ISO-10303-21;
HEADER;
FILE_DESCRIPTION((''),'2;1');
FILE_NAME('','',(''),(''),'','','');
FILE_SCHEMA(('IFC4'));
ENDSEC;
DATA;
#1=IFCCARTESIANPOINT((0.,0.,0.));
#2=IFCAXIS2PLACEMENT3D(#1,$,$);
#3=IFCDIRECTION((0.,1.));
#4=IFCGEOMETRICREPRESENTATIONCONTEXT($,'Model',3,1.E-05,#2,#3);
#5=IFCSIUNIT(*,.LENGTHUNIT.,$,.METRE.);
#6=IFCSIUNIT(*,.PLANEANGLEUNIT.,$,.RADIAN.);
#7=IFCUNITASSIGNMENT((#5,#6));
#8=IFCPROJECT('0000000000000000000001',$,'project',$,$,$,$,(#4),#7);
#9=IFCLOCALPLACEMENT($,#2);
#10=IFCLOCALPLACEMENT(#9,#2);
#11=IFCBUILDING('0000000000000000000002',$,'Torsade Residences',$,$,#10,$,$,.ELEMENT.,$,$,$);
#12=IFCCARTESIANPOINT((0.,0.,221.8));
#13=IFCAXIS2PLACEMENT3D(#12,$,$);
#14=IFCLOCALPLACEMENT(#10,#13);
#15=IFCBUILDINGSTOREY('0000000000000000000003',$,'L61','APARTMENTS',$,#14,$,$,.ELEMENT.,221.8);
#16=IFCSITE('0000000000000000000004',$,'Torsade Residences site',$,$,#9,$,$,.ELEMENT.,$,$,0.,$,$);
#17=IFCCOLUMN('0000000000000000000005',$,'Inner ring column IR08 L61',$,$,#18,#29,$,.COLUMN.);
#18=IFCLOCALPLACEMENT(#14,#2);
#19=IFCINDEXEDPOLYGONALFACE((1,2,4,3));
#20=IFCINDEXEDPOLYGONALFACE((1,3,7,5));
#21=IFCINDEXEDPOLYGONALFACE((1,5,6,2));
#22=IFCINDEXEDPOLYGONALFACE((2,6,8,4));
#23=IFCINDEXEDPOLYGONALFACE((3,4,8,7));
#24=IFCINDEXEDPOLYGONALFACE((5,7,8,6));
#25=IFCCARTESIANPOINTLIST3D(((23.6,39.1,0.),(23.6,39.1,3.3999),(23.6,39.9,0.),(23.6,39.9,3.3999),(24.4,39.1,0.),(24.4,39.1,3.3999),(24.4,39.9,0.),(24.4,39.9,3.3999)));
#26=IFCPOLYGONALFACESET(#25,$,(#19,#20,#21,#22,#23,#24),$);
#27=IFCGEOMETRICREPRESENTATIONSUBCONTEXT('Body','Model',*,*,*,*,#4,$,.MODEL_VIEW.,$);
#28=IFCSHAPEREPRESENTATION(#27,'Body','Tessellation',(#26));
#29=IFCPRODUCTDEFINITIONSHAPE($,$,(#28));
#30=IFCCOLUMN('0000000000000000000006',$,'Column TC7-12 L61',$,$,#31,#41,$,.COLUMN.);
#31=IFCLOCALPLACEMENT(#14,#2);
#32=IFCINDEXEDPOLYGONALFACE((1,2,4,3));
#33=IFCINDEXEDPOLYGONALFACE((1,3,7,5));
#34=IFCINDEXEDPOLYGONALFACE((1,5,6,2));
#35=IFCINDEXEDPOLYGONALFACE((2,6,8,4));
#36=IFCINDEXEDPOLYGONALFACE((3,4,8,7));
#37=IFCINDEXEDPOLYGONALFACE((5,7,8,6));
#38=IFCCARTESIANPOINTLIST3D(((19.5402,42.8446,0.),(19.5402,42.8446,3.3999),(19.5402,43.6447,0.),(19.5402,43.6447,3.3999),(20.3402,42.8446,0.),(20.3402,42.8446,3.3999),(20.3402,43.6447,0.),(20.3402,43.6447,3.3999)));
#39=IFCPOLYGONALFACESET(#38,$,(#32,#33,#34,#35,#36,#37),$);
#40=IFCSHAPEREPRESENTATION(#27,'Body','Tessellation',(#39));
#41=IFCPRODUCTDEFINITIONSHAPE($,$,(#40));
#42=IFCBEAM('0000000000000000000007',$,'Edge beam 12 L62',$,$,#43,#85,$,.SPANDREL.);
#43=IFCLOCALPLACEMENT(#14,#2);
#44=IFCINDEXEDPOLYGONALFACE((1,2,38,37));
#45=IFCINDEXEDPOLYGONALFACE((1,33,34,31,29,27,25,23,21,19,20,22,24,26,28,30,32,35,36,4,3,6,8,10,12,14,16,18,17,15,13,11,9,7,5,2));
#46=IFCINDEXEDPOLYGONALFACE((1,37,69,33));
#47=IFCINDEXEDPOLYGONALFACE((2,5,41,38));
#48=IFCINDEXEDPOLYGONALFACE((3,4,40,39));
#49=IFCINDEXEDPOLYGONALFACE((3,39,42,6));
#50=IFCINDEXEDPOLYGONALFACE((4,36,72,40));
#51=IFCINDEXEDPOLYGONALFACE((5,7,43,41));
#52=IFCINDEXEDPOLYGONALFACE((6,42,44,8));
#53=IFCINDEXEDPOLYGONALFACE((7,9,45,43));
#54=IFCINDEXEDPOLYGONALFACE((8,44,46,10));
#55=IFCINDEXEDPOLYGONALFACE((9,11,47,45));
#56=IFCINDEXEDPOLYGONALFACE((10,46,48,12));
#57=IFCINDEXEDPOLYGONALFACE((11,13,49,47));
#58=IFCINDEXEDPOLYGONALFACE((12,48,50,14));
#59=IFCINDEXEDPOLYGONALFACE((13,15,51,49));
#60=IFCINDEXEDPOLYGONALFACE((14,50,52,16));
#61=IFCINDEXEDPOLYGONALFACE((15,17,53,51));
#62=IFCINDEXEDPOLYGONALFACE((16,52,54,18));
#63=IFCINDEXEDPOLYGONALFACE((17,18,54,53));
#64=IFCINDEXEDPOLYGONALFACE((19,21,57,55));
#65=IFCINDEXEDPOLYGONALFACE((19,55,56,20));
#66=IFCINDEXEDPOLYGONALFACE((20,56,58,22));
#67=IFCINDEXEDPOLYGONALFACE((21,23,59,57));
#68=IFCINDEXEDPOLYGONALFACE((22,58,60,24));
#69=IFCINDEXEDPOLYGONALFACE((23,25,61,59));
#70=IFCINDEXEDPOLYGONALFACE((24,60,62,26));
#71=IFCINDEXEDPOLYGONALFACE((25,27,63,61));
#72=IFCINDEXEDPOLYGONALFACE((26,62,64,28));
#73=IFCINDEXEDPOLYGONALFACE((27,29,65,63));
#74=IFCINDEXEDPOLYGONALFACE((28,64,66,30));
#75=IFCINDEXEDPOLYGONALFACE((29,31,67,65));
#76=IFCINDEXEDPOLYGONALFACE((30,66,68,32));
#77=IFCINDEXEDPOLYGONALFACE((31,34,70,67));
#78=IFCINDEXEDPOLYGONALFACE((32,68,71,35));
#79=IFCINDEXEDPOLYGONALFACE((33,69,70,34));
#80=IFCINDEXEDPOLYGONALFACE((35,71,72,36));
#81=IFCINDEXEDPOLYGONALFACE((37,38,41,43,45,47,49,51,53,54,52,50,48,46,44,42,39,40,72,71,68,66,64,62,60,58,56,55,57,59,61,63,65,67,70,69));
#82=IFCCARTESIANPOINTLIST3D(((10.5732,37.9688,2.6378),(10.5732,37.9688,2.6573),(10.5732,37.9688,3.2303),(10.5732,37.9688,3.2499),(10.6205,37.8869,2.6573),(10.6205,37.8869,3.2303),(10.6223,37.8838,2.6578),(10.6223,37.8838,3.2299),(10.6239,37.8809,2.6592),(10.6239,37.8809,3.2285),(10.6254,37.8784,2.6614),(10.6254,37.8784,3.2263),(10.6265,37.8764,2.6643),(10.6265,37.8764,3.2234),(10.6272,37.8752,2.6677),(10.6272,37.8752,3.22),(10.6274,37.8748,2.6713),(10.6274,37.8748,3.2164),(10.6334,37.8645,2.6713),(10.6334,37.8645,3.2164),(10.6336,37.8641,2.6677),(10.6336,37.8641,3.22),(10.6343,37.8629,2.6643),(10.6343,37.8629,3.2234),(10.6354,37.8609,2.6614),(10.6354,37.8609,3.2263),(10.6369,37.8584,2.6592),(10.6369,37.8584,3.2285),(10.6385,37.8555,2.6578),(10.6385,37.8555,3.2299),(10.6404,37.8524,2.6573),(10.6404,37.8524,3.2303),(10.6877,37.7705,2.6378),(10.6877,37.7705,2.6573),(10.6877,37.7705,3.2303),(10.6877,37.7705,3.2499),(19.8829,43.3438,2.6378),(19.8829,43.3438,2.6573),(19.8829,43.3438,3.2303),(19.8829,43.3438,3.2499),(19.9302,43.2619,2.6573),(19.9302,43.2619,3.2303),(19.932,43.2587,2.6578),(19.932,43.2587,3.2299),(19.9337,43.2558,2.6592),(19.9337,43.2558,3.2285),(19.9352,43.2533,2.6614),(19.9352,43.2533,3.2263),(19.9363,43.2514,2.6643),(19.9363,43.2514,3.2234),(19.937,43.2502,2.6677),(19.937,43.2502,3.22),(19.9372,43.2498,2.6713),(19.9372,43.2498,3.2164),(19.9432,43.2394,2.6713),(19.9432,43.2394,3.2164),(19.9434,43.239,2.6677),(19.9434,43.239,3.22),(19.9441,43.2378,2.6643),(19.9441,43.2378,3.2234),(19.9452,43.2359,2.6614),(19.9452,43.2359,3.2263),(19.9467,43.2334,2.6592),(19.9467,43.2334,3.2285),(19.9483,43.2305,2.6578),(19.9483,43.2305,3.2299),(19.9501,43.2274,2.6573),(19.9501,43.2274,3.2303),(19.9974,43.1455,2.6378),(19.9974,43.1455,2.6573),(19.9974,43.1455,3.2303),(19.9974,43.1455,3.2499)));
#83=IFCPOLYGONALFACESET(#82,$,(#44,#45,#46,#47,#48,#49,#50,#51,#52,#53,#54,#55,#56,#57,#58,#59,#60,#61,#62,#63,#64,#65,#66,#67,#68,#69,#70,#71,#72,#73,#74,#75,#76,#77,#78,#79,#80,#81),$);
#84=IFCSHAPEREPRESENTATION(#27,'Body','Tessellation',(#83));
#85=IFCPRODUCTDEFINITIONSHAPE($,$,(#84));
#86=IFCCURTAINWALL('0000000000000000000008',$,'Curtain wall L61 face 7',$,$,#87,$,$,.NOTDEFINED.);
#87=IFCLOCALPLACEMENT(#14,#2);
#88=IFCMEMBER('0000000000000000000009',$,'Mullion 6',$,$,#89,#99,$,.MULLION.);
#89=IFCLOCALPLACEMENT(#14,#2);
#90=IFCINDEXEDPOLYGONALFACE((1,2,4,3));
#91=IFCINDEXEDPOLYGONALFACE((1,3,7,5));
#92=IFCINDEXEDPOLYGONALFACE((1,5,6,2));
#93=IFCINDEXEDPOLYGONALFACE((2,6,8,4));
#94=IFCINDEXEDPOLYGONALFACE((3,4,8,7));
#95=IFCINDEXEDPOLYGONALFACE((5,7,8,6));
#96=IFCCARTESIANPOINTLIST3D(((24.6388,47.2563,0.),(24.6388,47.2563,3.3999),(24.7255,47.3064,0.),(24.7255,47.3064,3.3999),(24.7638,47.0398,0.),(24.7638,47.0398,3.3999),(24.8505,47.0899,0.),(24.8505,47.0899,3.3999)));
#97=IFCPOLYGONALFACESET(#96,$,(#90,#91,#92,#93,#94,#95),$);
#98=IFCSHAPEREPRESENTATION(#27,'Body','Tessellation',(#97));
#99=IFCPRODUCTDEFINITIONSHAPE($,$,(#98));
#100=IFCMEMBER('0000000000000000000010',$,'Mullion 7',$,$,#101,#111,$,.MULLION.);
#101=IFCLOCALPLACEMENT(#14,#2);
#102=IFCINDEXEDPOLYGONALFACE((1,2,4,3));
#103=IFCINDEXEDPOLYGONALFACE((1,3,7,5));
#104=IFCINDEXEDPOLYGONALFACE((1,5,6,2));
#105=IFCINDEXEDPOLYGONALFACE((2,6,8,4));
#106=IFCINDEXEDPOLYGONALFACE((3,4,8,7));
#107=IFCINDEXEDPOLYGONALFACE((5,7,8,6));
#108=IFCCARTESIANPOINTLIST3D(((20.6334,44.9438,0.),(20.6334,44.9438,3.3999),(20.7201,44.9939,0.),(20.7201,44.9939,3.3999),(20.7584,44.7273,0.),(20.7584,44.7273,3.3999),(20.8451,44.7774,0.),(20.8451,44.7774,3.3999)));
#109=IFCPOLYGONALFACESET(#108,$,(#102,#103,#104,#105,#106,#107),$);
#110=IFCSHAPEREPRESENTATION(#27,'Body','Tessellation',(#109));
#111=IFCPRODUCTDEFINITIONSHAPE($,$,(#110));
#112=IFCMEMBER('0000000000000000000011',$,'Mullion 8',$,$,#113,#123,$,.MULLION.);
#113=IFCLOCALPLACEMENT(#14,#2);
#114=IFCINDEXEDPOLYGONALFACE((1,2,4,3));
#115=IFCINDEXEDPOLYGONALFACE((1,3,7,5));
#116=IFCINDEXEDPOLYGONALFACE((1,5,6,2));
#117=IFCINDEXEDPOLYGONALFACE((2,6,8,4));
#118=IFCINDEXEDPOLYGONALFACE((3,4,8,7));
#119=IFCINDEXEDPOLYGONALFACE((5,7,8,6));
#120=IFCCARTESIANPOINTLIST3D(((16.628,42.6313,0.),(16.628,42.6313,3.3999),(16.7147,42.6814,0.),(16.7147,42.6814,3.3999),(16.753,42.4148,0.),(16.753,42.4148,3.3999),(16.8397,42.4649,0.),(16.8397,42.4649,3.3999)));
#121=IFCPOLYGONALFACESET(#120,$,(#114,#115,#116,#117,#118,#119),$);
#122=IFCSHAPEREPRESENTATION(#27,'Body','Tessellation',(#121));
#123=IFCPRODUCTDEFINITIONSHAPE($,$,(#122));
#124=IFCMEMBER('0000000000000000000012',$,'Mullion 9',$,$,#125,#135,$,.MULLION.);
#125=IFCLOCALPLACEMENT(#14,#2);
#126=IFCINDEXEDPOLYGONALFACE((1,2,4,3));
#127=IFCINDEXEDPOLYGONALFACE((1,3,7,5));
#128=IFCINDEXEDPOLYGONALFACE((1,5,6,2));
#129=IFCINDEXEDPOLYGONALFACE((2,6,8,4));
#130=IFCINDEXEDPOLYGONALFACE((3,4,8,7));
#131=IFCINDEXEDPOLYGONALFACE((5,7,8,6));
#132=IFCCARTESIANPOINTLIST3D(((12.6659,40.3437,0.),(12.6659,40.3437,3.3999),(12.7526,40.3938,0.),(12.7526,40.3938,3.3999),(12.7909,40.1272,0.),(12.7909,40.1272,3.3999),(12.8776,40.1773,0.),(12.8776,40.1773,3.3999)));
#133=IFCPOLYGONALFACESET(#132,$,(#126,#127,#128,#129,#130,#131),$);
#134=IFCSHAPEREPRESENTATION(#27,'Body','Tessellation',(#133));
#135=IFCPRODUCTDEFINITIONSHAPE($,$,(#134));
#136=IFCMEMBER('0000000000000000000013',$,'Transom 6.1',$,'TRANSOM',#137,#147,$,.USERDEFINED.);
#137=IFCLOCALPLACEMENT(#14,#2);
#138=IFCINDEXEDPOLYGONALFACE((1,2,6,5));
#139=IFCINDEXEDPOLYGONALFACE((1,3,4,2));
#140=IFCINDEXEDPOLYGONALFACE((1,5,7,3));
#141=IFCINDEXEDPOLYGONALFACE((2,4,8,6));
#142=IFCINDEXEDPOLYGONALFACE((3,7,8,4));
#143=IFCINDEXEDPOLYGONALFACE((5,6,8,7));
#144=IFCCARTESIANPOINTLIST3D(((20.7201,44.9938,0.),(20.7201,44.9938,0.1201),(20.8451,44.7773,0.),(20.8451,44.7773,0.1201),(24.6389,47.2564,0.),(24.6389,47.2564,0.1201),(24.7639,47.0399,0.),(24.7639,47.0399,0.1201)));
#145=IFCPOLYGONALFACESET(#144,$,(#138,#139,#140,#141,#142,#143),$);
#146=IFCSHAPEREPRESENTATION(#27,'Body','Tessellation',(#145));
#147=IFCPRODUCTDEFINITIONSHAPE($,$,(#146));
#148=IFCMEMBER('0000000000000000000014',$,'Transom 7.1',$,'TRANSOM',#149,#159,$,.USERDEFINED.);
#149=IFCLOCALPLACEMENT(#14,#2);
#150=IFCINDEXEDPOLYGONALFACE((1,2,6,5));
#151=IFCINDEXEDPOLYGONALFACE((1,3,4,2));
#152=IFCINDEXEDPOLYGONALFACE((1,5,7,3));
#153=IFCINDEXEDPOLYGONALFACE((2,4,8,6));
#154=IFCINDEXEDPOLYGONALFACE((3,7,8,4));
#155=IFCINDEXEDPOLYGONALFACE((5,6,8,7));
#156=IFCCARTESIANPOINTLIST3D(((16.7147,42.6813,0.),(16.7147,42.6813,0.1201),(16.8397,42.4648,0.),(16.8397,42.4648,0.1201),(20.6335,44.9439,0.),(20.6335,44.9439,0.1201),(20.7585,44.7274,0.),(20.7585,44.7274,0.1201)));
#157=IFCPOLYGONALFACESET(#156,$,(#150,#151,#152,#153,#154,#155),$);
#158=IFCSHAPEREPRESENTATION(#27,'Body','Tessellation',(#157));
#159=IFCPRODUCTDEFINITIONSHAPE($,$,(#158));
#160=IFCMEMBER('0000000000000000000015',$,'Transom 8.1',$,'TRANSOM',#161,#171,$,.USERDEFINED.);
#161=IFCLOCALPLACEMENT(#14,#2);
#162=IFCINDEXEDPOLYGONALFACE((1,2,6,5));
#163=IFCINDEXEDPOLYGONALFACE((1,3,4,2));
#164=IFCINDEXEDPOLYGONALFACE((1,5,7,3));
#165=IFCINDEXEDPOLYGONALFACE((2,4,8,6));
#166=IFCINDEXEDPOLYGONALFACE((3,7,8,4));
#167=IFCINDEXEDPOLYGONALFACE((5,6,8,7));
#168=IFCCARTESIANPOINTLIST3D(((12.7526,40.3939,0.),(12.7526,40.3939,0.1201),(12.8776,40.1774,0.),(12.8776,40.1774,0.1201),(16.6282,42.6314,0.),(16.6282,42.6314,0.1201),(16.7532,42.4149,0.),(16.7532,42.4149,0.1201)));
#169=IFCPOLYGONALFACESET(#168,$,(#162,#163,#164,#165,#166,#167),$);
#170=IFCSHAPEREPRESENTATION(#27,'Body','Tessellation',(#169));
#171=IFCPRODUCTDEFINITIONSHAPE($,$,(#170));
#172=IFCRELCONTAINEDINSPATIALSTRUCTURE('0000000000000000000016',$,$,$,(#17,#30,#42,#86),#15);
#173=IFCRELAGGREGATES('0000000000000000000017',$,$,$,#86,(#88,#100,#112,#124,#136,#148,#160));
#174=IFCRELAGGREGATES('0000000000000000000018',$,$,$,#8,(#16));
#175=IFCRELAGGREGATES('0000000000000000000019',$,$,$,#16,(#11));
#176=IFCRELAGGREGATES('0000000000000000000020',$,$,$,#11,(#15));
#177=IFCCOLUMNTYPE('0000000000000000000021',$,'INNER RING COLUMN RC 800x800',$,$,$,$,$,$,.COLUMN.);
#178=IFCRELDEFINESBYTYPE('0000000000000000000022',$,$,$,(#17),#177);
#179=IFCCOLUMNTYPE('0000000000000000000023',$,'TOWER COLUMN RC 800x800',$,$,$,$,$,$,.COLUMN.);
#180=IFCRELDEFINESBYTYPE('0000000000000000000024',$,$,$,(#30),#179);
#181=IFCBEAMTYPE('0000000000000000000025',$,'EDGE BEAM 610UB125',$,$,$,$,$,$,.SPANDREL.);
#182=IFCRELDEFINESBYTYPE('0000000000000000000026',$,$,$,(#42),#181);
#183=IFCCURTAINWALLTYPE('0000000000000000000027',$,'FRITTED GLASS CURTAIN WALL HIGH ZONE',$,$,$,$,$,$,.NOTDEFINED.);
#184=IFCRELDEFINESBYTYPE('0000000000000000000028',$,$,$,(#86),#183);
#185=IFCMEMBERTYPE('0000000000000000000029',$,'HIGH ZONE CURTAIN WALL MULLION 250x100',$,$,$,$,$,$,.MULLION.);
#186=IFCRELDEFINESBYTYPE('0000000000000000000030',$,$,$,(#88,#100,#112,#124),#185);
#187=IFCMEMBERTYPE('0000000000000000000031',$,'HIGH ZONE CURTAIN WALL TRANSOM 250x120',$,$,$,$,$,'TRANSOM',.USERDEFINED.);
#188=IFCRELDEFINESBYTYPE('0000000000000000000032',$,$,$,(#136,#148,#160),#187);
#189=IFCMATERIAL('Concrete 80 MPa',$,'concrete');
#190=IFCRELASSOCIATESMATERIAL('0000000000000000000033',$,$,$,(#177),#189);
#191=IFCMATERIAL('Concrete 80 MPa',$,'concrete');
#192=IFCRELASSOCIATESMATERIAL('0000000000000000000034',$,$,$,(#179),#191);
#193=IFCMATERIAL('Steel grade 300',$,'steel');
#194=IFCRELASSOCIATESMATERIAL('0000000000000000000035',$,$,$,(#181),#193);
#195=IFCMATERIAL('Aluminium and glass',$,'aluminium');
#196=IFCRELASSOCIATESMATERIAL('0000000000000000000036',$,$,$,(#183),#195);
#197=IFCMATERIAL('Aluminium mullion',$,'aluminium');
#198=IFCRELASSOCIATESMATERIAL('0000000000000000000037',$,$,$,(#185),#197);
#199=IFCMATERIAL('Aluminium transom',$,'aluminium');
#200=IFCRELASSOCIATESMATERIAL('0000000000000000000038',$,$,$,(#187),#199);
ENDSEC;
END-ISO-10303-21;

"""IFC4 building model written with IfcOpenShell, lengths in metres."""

from ifc_helpers import new_model, si_unit, direction, frame, origin, origin_2d, place, context, subcontext, project, spatial, rectangle, i_section, extrude, material, material_profile, profile_set, type_object, element, aggregate, save


model = new_model("IFC4")

# Units and contexts
model_context = context("Model", 3, precision=1e-05, world=origin(), true_north=direction((0.0, 1.0)))
body_context = subcontext(model_context, "Body", "Model", "MODEL_VIEW")
ifc_project = project(units=[si_unit("LENGTHUNIT", "METRE"), si_unit("PLANEANGLEUNIT", "RADIAN")], contexts=[model_context])

# Site, building, storey
site_placement = place(None, origin())
site = spatial("IfcSite", under=ifc_project, at=site_placement, Name="Torsade Residences site", CompositionType="ELEMENT", RefElevation=0.0)
building_placement = place(site_placement, origin())
building = spatial("IfcBuilding", under=site, at=building_placement, Name="Torsade Residences", CompositionType="ELEMENT")
storey_placement = place(building_placement, frame((0.0, 0.0, 221.8)))
storey = spatial("IfcBuildingStorey", under=building, at=storey_placement, Name="L61", Description="APARTMENTS", CompositionType="ELEMENT", Elevation=221.8)

# Columns
ifc_material_1 = material(Name="Concrete 80 MPa", Category="concrete")
ifc_material_profile_1 = material_profile(ifc_material_1, rectangle(XDim=0.8, YDim=0.8, at=origin_2d()), Name="RC 800x800")
ifc_profile_set_1 = profile_set([ifc_material_profile_1], Name="Concrete 80 MPa")
column_type_1 = type_object("IfcColumnType", Name="INNER RING COLUMN RC 800x800", PredefinedType="COLUMN", material=ifc_profile_set_1)
column_1_placement = place(storey_placement, frame((24.0, 39.5, 0.0), z_axis=(0.0, 0.0, 1.0), x_axis=(1.0, 0.0, 0.0)))
element("IfcColumn", 1, at=column_1_placement, inside=storey, type_object=column_type_1, Name="Inner ring column IR08 L61", PredefinedType="COLUMN", context=body_context, shape_type="SweptSolid", body=[
    extrude(rectangle(XDim=0.8, YDim=0.8, at=origin_2d()), origin(), (0.0, 0.0, 1.0), 3.3999),
])
ifc_material_2 = material(Name="Concrete 80 MPa", Category="concrete")
ifc_material_profile_2 = material_profile(ifc_material_2, rectangle(XDim=0.8, YDim=0.8, at=origin_2d()), Name="RC 800x800")
ifc_profile_set_2 = profile_set([ifc_material_profile_2], Name="Concrete 80 MPa")
column_type_2 = type_object("IfcColumnType", Name="TOWER COLUMN RC 800x800", PredefinedType="COLUMN", material=ifc_profile_set_2)
column_2_placement = place(storey_placement, frame((19.9402, 43.2446, 0.0), z_axis=(0.0, 0.0, 1.0), x_axis=(1.0, 0.0, 0.0)))
element("IfcColumn", 2, at=column_2_placement, inside=storey, type_object=column_type_2, Name="Column TC7-12 L61", PredefinedType="COLUMN", context=body_context, shape_type="SweptSolid", body=[
    extrude(rectangle(XDim=0.8, YDim=0.8, at=origin_2d()), origin(), (0.0, 0.0, 1.0), 3.3999),
])

# Beam
ifc_material_3 = material(Name="Steel grade 300", Category="steel")
ifc_material_profile_3 = material_profile(ifc_material_3, i_section(OverallWidth=0.229, OverallDepth=0.6121, WebThickness=0.012, FlangeThickness=0.0195, FilletRadius=0.0139, at=origin_2d()), Name="610UB125")
ifc_profile_set_3 = profile_set([ifc_material_profile_3], Name="Steel grade 300")
beam_type_1 = type_object("IfcBeamType", Name="EDGE BEAM 610UB125", PredefinedType="SPANDREL", material=ifc_profile_set_3)
beam_1_placement = place(storey_placement, frame((19.9402, 43.2446, 2.9438), z_axis=(-0.866026, -0.499998, 0.0), x_axis=(0.499998, -0.866026, 0.0)))
element("IfcBeam", 3, at=beam_1_placement, inside=storey, type_object=beam_type_1, Name="Edge beam 12 L62", PredefinedType="SPANDREL", context=body_context, shape_type="SweptSolid", body=[
    extrude(i_section(OverallWidth=0.229, OverallDepth=0.6121, WebThickness=0.012, FlangeThickness=0.0195, FilletRadius=0.0139, at=origin_2d()), origin(), (0.0, 0.0, 1.0), 10.75),
])

# Curtain wall, members
ifc_material_4 = material(Name="Aluminium and glass", Category="aluminium")
curtain_wall_type = type_object("IfcCurtainWallType", Name="FRITTED GLASS CURTAIN WALL HIGH ZONE", PredefinedType="NOTDEFINED", material=ifc_material_4)
curtain_wall_placement = place(storey_placement, origin())
curtain_wall = element("IfcCurtainWall", 4, at=curtain_wall_placement, inside=storey, type_object=curtain_wall_type, Name="Curtain wall L61 face 7", PredefinedType="NOTDEFINED")
ifc_material_5 = material(Name="Aluminium mullion", Category="aluminium")
ifc_material_profile_4 = material_profile(ifc_material_5, rectangle(XDim=0.25, YDim=0.1001, at=origin_2d()), Name="HIGH ZONE CURTAIN WALL MULLION 250x100")
ifc_profile_set_4 = profile_set([ifc_material_profile_4], Name="Aluminium mullion")
member_type_1 = type_object("IfcMemberType", Name="HIGH ZONE CURTAIN WALL MULLION 250x100", PredefinedType="MULLION", material=ifc_profile_set_4)
member_1_placement = place(storey_placement, frame((24.7446, 47.1731, 0.0), z_axis=(0.0, 0.0, 1.0), x_axis=(0.5, -0.866025, 0.0)))
member_1 = element("IfcMember", 5, at=member_1_placement, type_object=member_type_1, Name="Mullion 6", PredefinedType="MULLION", context=body_context, shape_type="SweptSolid", body=[
    extrude(rectangle(XDim=0.25, YDim=0.1001, at=origin_2d()), origin(), (0.0, 0.0, 1.0), 3.3999),
])
member_2_placement = place(storey_placement, frame((20.7393, 44.8606, 0.0), z_axis=(0.0, 0.0, 1.0), x_axis=(0.5, -0.866025, 0.0)))
member_2 = element("IfcMember", 6, at=member_2_placement, type_object=member_type_1, Name="Mullion 7", PredefinedType="MULLION", context=body_context, shape_type="SweptSolid", body=[
    extrude(rectangle(XDim=0.25, YDim=0.1001, at=origin_2d()), origin(), (0.0, 0.0, 1.0), 3.3999),
])
member_3_placement = place(storey_placement, frame((16.7339, 42.5481, 0.0), z_axis=(0.0, 0.0, 1.0), x_axis=(0.5, -0.866025, 0.0)))
member_3 = element("IfcMember", 7, at=member_3_placement, type_object=member_type_1, Name="Mullion 8", PredefinedType="MULLION", context=body_context, shape_type="SweptSolid", body=[
    extrude(rectangle(XDim=0.25, YDim=0.1001, at=origin_2d()), origin(), (0.0, 0.0, 1.0), 3.3999),
])
member_4_placement = place(storey_placement, frame((12.7717, 40.2605, 0.0), z_axis=(0.0, 0.0, 1.0), x_axis=(0.5, -0.866025, 0.0)))
member_4 = element("IfcMember", 8, at=member_4_placement, type_object=member_type_1, Name="Mullion 9", PredefinedType="MULLION", context=body_context, shape_type="SweptSolid", body=[
    extrude(rectangle(XDim=0.25, YDim=0.1001, at=origin_2d()), origin(), (0.0, 0.0, 1.0), 3.3999),
])
ifc_material_6 = material(Name="Aluminium transom", Category="aluminium")
ifc_material_profile_5 = material_profile(ifc_material_6, rectangle(XDim=0.25, YDim=0.1201, at=origin_2d()), Name="HIGH ZONE CURTAIN WALL TRANSOM 250x120")
ifc_profile_set_5 = profile_set([ifc_material_profile_5], Name="Aluminium transom")
member_type_2 = type_object("IfcMemberType", Name="HIGH ZONE CURTAIN WALL TRANSOM 250x120", ElementType="TRANSOM", PredefinedType="USERDEFINED", material=ifc_profile_set_5)
member_5_placement = place(storey_placement, frame((24.7014, 47.1482, 0.0601), z_axis=(-0.866017, -0.500015, 0.0), x_axis=(0.500015, -0.866017, 0.0)))
member_5 = element("IfcMember", 9, at=member_5_placement, type_object=member_type_2, Name="Transom 6.1", ObjectType="TRANSOM", PredefinedType="USERDEFINED", context=body_context, shape_type="SweptSolid", body=[
    extrude(rectangle(XDim=0.25, YDim=0.1201, at=origin_2d()), origin(), (0.0, 0.0, 1.0), 4.5251),
])
member_6_placement = place(storey_placement, frame((20.696, 44.8357, 0.0601), z_axis=(-0.866017, -0.500015, 0.0), x_axis=(0.500015, -0.866017, 0.0)))
member_6 = element("IfcMember", 10, at=member_6_placement, type_object=member_type_2, Name="Transom 7.1", ObjectType="TRANSOM", PredefinedType="USERDEFINED", context=body_context, shape_type="SweptSolid", body=[
    extrude(rectangle(XDim=0.25, YDim=0.1201, at=origin_2d()), origin(), (0.0, 0.0, 1.0), 4.5251),
])
member_7_placement = place(storey_placement, frame((16.6907, 42.5232, 0.0601), z_axis=(-0.866022, -0.500006, 0.0), x_axis=(0.500006, -0.866022, 0.0)))
member_7 = element("IfcMember", 11, at=member_7_placement, type_object=member_type_2, Name="Transom 8.1", ObjectType="TRANSOM", PredefinedType="USERDEFINED", context=body_context, shape_type="SweptSolid", body=[
    extrude(rectangle(XDim=0.25, YDim=0.1201, at=origin_2d()), origin(), (0.0, 0.0, 1.0), 4.4751),
])

aggregate(curtain_wall, [member_1, member_2, member_3, member_4, member_5, member_6, member_7])

save(model, "model.ifc")
